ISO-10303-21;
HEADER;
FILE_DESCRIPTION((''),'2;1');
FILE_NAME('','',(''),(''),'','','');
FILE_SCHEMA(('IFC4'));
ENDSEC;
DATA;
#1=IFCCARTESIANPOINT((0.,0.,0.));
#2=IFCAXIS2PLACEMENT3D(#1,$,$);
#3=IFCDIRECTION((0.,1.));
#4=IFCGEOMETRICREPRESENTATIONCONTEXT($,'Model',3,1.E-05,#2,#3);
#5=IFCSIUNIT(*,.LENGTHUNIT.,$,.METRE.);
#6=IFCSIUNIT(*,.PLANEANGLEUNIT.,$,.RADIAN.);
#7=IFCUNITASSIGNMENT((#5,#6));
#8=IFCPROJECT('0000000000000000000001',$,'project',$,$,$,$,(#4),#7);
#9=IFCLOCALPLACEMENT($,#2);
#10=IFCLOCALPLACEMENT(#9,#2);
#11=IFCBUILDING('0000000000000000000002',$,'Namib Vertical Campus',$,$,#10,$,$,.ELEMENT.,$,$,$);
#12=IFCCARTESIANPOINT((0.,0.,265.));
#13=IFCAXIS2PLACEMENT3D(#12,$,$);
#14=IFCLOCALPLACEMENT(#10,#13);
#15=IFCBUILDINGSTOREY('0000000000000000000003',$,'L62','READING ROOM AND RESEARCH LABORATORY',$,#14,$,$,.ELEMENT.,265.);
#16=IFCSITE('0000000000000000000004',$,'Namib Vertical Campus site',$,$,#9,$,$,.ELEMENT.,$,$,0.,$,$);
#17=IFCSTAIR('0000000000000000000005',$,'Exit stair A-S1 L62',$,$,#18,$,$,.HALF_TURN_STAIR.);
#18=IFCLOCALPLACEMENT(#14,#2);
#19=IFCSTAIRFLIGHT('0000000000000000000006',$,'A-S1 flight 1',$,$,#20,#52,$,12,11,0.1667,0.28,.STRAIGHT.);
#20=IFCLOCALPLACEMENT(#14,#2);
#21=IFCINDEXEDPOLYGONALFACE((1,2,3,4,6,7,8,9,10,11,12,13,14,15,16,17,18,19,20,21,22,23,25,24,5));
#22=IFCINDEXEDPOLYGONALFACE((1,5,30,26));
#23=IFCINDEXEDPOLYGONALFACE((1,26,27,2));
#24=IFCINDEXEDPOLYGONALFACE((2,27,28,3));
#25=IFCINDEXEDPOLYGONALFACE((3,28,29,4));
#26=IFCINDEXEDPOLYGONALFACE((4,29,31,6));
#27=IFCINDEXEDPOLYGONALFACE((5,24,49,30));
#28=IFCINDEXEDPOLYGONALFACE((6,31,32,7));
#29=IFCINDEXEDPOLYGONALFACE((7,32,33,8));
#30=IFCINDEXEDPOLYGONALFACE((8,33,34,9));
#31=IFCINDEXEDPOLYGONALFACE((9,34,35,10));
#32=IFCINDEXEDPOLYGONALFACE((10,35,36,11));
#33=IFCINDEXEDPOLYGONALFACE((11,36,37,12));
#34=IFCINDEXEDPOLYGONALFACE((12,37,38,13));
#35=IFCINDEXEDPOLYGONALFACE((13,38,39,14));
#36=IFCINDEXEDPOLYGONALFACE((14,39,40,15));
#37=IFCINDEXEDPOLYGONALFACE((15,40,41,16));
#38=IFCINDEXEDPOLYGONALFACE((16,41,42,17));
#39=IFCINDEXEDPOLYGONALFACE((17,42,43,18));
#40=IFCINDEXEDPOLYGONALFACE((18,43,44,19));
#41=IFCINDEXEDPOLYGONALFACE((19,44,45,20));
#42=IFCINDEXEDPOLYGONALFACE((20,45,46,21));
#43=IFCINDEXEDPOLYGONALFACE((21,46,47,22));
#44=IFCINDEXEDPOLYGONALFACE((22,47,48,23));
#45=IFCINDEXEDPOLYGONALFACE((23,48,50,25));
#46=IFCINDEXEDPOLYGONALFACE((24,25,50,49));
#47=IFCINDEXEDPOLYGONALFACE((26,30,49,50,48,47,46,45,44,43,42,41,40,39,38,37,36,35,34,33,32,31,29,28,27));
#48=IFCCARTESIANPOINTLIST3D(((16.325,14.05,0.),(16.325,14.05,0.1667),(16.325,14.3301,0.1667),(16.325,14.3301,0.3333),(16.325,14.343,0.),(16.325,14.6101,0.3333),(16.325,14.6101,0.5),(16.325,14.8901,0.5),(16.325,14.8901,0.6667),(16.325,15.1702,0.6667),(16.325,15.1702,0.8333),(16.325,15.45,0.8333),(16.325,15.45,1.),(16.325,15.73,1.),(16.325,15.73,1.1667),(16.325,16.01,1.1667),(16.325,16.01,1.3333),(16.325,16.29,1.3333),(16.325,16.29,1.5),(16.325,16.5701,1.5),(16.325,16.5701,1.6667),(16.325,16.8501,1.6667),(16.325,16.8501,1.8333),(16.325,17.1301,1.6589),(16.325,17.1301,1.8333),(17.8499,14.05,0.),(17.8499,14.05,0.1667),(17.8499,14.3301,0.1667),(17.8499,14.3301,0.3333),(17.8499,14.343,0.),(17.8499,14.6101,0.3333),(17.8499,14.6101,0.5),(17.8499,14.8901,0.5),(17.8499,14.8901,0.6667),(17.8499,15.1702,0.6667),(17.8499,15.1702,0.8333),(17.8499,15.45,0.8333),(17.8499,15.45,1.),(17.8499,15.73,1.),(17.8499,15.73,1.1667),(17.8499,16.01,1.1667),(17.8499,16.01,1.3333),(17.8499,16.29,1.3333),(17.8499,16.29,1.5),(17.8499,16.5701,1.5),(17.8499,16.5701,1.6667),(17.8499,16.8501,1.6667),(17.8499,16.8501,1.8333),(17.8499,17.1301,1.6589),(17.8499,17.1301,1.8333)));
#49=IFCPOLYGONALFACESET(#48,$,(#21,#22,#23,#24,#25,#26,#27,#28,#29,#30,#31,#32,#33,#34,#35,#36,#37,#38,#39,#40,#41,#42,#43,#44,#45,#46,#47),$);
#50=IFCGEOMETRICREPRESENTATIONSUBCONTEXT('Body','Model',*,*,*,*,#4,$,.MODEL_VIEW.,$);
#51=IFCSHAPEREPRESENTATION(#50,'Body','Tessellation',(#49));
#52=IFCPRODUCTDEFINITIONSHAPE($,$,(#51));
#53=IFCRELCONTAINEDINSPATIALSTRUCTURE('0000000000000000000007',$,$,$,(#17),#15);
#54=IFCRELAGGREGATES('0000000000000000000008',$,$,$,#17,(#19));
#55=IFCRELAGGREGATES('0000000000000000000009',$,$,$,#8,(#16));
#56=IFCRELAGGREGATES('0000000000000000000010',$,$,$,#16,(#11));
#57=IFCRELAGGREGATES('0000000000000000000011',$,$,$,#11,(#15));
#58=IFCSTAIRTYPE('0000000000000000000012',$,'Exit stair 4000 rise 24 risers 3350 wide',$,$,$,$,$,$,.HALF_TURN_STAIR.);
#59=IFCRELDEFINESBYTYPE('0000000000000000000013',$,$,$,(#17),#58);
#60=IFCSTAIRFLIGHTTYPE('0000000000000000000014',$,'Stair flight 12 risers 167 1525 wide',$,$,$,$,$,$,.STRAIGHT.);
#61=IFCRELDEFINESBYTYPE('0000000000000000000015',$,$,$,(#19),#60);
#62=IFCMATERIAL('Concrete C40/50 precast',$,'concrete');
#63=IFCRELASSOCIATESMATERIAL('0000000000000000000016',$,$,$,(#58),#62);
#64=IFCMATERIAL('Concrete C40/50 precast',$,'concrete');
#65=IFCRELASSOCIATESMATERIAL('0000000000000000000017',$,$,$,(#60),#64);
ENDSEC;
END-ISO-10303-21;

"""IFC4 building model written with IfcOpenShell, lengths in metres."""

from ifc_helpers import new_model, si_unit, direction, frame, origin, place, context, subcontext, project, spatial, polyline, outline, extrude, material, type_object, element, aggregate, save


model = new_model("IFC4")

# Units and contexts
model_context = context("Model", 3, precision=1e-05, world=origin(), true_north=direction((0.0, 1.0)))
body_context = subcontext(model_context, "Body", "Model", "MODEL_VIEW")
ifc_project = project(units=[si_unit("LENGTHUNIT", "METRE"), si_unit("PLANEANGLEUNIT", "RADIAN")], contexts=[model_context])

# Site, building, storey
site_placement = place(None, origin())
site = spatial("IfcSite", under=ifc_project, at=site_placement, Name="Namib Vertical Campus site", CompositionType="ELEMENT", RefElevation=0.0)
building_placement = place(site_placement, origin())
building = spatial("IfcBuilding", under=site, at=building_placement, Name="Namib Vertical Campus", CompositionType="ELEMENT")
storey_placement = place(building_placement, frame((0.0, 0.0, 265.0)))
storey = spatial("IfcBuildingStorey", under=building, at=storey_placement, Name="L62", Description="READING ROOM AND RESEARCH LABORATORY", CompositionType="ELEMENT", Elevation=265.0)

# Stair, stair flight
ifc_material_1 = material(Name="Concrete C40/50 precast", Category="concrete")
stair_type = type_object("IfcStairType", Name="Exit stair 4000 rise 24 risers 3350 wide", PredefinedType="HALF_TURN_STAIR", material=ifc_material_1)
stair_placement = place(storey_placement, origin())
stair = element("IfcStair", 1, at=stair_placement, inside=storey, type_object=stair_type, Name="Exit stair A-S1 L62", PredefinedType="HALF_TURN_STAIR")
ifc_material_2 = material(Name="Concrete C40/50 precast", Category="concrete")
stair_flight_type = type_object("IfcStairFlightType", Name="Stair flight 12 risers 167 1525 wide", PredefinedType="STRAIGHT", material=ifc_material_2)
stair_flight_placement = place(storey_placement, frame((17.0874, 14.05, 0.0), z_axis=(0.0, 0.0, 1.0), x_axis=(0.0, 1.0, 0.0)))
stair_flight = element("IfcStairFlight", 2, at=stair_flight_placement, type_object=stair_flight_type, Name="A-S1 flight 1", NumberOfRisers=12, NumberOfTreads=11, PredefinedType="STRAIGHT", RiserHeight=0.1667, TreadLength=0.28, context=body_context, shape_type="SweptSolid", body=[
    extrude(outline(polyline([(0.0, 0.0), (0.0, 0.1667), (0.28, 0.1667), (0.28, 0.3333), (0.5601, 0.3333), (0.5601, 0.5), (0.8401, 0.5), (0.8401, 0.6667), (1.1201, 0.6667), (1.1201, 0.8333), (1.3999, 0.8333), (1.3999, 1.0), (1.6799, 1.0), (1.6799, 1.1667), (1.96, 1.1667), (1.96, 1.3333), (2.24, 1.3333), (2.24, 1.5), (2.52, 1.5), (2.52, 1.6667), (2.8, 1.6667), (2.8, 1.8333), (3.0801, 1.8333), (3.0801, 2.0), (3.0801, 1.6589), (0.293, 0.0), (0.0, 0.0)])), frame((0.0, 0.7625, 0.0), z_axis=(0.0, -1.0, 0.0), x_axis=(1.0, 0.0, 0.0)), (0.0, 0.0, 1.0), 1.5249),
])
aggregate(stair, [stair_flight])

save(model, "model.ifc")
